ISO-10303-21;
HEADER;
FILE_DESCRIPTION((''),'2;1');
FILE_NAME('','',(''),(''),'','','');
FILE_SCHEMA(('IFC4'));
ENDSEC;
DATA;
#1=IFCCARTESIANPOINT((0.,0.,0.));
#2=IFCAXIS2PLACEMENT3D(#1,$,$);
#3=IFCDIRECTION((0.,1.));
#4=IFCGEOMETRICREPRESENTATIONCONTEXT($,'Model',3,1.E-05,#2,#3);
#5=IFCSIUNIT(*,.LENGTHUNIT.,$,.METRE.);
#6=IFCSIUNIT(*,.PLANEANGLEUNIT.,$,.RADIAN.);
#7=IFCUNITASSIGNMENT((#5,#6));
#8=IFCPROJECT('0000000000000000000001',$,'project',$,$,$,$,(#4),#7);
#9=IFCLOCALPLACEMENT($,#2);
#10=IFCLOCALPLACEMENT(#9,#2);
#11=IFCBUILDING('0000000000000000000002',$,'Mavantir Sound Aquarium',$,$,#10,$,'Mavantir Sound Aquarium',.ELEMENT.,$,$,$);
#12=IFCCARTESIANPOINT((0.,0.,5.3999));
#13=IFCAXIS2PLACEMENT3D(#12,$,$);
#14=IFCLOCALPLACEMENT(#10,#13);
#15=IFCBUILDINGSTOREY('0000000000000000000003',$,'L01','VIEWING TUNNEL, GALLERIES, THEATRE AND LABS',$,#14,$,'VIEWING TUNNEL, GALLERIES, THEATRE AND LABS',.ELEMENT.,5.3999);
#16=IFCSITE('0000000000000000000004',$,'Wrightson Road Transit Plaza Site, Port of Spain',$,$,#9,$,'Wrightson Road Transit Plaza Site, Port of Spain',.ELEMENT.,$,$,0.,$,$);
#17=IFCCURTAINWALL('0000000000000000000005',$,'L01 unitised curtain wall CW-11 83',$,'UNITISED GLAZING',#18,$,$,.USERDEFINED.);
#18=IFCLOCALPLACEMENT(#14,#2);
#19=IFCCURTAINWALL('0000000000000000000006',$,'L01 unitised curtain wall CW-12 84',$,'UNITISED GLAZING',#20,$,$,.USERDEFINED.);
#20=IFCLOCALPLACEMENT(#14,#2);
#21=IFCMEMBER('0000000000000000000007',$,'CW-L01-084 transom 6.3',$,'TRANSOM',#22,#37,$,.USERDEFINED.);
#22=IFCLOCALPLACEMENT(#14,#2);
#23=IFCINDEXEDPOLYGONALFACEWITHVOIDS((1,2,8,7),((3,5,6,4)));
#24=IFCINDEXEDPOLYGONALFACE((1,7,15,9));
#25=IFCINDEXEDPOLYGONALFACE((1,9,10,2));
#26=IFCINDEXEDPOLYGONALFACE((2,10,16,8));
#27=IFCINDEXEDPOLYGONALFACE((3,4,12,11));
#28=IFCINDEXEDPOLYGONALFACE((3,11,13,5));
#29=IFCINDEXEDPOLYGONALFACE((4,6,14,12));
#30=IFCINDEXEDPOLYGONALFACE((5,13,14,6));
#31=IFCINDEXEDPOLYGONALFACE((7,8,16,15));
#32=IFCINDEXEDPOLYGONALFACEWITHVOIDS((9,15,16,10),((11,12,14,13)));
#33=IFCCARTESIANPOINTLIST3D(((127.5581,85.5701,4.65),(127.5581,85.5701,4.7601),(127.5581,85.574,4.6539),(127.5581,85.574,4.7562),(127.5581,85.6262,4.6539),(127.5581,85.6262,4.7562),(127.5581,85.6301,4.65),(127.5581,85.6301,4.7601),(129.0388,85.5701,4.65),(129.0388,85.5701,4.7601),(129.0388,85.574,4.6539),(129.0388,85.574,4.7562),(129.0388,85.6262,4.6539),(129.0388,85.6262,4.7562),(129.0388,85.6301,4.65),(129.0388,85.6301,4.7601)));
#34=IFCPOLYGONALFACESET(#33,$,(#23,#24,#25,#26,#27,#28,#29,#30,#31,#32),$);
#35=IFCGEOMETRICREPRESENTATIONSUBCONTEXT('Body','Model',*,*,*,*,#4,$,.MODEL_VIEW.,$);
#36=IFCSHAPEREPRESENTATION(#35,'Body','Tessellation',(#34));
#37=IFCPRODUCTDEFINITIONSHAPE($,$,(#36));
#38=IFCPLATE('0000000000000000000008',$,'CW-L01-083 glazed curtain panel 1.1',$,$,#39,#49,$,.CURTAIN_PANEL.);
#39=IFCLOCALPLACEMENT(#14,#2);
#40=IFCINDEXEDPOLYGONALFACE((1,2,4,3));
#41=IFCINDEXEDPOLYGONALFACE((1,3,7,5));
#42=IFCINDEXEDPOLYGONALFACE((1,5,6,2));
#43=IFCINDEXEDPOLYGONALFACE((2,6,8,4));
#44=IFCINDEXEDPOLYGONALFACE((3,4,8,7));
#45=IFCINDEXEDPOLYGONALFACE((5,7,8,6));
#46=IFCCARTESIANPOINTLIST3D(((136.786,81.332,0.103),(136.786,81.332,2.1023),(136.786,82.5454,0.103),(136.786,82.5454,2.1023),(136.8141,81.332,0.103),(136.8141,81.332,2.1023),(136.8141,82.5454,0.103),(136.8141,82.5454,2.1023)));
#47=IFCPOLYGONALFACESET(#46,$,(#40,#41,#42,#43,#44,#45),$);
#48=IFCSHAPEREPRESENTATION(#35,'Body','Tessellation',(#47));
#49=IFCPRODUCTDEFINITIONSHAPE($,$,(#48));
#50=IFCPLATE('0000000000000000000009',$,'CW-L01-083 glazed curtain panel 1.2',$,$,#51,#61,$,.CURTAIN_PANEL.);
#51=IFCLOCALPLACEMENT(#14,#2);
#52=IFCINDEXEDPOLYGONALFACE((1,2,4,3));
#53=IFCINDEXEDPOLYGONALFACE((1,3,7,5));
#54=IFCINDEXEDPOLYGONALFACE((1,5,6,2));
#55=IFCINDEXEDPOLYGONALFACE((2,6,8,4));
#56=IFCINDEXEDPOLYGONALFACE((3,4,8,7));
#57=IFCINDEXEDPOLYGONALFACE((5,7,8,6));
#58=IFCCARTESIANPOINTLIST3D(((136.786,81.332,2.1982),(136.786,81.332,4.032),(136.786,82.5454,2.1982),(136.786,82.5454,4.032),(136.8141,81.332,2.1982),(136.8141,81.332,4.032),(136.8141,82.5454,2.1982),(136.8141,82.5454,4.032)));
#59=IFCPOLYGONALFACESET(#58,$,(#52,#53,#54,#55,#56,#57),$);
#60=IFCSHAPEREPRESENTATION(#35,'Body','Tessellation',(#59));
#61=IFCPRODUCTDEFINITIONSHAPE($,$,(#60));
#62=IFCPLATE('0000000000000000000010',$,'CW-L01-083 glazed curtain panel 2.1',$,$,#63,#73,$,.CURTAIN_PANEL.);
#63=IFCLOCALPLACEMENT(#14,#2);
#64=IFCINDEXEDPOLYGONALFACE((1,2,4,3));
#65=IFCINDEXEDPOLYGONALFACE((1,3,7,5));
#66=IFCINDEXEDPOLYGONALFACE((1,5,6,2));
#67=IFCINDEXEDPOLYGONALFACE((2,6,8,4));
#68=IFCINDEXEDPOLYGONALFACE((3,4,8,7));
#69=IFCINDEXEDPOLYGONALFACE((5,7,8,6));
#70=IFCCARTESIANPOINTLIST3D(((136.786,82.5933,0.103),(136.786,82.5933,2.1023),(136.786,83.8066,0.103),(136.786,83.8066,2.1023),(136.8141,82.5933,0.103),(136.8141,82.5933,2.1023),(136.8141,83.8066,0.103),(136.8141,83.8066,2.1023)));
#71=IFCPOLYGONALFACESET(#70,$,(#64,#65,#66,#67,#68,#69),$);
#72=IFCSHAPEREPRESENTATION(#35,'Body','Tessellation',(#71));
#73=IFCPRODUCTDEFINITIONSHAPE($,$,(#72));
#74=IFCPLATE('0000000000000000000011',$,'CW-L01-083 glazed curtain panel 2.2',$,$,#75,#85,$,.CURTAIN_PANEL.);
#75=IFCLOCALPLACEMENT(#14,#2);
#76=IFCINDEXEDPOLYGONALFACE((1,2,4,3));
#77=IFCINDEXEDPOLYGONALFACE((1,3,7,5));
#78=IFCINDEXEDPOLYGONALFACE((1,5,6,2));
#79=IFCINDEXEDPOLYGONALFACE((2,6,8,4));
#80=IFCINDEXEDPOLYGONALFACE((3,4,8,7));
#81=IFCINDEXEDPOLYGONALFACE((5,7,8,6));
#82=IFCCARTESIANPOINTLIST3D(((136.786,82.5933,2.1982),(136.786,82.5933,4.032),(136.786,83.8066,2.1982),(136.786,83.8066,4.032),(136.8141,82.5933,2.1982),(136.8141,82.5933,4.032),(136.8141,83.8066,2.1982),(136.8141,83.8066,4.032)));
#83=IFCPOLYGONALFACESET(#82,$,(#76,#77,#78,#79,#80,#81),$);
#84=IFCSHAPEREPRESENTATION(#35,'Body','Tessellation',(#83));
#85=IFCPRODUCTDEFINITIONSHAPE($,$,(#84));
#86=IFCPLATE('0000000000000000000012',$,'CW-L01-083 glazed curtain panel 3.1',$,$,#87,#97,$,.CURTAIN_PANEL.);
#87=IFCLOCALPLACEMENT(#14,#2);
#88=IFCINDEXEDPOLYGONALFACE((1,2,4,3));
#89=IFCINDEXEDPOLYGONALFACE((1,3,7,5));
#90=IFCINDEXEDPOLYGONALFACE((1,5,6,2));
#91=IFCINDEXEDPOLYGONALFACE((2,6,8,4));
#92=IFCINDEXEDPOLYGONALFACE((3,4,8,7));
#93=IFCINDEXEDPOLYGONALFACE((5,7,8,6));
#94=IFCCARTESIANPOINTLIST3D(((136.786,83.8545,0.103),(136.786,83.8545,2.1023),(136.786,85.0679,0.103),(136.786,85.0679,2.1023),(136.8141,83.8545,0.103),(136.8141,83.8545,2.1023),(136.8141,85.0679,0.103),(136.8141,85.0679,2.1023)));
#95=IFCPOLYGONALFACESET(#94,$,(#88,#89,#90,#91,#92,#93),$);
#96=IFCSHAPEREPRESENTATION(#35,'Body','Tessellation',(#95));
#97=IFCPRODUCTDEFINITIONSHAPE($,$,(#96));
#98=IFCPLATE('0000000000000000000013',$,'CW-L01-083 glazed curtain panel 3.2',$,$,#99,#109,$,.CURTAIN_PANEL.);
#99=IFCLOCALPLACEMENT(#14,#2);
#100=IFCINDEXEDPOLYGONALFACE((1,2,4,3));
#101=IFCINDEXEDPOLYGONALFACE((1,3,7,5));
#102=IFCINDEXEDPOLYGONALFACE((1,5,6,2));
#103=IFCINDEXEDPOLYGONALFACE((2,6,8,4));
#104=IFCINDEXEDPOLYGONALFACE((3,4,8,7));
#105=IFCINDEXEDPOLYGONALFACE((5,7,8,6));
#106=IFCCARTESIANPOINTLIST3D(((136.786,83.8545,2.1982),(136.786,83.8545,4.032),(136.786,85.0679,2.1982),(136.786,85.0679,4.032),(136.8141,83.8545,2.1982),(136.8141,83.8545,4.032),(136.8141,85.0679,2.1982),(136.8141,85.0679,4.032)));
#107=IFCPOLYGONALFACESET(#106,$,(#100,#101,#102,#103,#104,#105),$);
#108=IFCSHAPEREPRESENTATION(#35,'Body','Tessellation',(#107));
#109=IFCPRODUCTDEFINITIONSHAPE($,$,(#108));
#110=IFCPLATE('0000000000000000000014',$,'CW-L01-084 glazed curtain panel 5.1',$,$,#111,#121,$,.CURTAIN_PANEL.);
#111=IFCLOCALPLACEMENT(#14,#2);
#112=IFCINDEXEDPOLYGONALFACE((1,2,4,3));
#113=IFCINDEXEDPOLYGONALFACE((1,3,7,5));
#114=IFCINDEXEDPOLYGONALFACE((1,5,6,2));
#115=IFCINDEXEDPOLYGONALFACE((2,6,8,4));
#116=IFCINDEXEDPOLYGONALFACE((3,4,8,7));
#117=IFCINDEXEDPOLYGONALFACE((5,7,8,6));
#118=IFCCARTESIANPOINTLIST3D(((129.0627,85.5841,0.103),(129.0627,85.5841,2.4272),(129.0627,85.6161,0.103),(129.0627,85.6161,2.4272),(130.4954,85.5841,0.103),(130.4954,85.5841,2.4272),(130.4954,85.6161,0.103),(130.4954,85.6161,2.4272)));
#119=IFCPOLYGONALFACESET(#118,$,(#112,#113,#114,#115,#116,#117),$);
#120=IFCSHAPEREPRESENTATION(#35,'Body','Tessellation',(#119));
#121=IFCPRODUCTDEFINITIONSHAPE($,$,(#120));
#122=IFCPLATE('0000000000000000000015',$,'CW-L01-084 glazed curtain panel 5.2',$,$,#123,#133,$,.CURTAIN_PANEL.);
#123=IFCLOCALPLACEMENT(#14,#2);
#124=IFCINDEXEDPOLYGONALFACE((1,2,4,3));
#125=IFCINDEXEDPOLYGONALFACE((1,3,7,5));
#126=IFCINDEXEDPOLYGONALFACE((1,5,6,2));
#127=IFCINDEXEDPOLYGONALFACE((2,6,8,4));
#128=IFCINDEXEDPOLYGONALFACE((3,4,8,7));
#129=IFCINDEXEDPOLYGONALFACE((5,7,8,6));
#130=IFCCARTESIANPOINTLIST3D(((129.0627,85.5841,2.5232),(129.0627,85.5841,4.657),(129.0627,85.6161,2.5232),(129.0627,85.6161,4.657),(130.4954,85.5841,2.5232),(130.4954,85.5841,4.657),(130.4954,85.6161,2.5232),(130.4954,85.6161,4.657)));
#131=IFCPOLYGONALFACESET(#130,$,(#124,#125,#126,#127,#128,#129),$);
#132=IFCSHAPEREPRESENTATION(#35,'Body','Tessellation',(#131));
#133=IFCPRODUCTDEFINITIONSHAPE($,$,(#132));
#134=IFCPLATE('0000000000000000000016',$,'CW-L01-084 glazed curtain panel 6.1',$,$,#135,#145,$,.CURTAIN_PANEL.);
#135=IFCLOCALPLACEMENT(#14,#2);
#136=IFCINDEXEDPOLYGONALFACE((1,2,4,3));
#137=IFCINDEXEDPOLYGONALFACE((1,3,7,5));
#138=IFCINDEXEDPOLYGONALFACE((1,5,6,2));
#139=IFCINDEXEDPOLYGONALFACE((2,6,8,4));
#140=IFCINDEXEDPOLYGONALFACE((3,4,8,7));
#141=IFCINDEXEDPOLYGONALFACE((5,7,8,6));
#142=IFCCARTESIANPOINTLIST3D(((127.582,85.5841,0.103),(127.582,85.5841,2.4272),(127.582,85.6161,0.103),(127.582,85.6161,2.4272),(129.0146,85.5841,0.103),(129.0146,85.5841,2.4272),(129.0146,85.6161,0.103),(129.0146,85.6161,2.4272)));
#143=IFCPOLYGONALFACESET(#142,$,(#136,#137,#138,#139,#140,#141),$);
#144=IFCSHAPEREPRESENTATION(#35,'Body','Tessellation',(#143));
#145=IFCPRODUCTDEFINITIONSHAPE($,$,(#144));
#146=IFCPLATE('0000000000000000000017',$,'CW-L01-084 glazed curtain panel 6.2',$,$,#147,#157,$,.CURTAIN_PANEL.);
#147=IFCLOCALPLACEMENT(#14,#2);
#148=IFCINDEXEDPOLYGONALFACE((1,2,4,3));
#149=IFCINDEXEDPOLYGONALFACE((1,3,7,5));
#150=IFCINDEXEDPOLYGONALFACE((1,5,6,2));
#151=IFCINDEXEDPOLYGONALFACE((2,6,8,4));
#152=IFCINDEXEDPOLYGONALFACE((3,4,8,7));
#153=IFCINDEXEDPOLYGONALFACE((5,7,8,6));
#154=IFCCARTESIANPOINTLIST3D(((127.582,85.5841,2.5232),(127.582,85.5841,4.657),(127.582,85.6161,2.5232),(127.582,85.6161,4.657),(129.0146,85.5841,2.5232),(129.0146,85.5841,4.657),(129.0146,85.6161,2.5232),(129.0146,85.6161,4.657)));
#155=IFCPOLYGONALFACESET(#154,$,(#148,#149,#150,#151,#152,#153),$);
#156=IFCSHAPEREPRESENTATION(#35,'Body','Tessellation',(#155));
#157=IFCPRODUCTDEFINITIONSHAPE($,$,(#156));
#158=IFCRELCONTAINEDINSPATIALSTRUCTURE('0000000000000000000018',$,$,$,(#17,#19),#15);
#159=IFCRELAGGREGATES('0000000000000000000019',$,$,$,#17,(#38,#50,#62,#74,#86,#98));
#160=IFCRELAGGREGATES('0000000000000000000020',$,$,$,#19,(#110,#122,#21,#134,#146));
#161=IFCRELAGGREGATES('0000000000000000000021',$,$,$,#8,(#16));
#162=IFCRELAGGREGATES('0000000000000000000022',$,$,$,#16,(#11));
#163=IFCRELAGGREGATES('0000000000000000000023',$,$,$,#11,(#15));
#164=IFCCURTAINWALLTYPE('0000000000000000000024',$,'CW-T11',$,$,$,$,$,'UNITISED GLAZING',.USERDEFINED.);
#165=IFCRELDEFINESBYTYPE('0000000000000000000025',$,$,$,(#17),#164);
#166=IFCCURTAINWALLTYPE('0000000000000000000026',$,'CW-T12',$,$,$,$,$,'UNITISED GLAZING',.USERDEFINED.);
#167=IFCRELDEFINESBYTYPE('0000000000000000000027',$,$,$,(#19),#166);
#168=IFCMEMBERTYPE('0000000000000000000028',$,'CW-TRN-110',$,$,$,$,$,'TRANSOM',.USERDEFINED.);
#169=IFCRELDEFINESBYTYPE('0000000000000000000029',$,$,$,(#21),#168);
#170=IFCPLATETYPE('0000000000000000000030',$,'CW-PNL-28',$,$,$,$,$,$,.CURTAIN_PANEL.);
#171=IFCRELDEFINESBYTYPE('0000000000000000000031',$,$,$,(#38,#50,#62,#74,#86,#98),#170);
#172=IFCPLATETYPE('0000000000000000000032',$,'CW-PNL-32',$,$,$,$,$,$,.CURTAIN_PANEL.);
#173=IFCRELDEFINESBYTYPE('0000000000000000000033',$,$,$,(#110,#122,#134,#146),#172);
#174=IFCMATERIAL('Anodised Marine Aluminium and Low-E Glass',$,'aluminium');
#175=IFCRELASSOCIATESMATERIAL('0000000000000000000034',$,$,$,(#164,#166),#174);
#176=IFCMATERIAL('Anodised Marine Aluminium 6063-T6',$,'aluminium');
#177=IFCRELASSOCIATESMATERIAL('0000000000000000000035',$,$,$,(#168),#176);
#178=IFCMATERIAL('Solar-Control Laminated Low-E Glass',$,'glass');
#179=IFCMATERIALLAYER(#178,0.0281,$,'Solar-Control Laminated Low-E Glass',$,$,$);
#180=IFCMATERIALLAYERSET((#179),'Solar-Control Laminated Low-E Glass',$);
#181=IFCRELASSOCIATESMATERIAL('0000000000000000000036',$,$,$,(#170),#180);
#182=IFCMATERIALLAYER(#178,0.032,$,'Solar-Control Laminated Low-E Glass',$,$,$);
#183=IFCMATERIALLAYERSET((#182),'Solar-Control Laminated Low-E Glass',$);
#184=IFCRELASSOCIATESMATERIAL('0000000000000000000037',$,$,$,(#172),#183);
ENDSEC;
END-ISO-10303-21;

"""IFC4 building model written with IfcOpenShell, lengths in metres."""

from ifc_helpers import new_model, si_unit, direction, frame, origin, origin_2d, place, context, subcontext, project, spatial, rectangle, hollow_rectangle, extrude, material, layer, layer_set, material_profile, profile_set, type_object, element, aggregate, save


model = new_model("IFC4")

# Units and contexts
model_context = context("Model", 3, precision=1e-05, world=origin(), true_north=direction((0.0, 1.0)))
body_context = subcontext(model_context, "Body", "Model", "MODEL_VIEW")
ifc_project = project(units=[si_unit("LENGTHUNIT", "METRE"), si_unit("PLANEANGLEUNIT", "RADIAN")], contexts=[model_context])

# Site, building, storey
site_placement = place(None, origin())
site = spatial("IfcSite", under=ifc_project, at=site_placement, Name="Wrightson Road Transit Plaza Site, Port of Spain", LongName="Wrightson Road Transit Plaza Site, Port of Spain", CompositionType="ELEMENT", RefElevation=0.0)
building_placement = place(site_placement, origin())
building = spatial("IfcBuilding", under=site, at=building_placement, Name="Mavantir Sound Aquarium", LongName="Mavantir Sound Aquarium", CompositionType="ELEMENT")
storey_placement = place(building_placement, frame((0.0, 0.0, 5.3999)))
storey = spatial("IfcBuildingStorey", under=building, at=storey_placement, Name="L01", Description="VIEWING TUNNEL, GALLERIES, THEATRE AND LABS", LongName="VIEWING TUNNEL, GALLERIES, THEATRE AND LABS", CompositionType="ELEMENT", Elevation=5.3999)

# Curtain walls
ifc_material_1 = material(Name="Anodised Marine Aluminium and Low-E Glass", Category="aluminium")
curtain_wall_type_1 = type_object("IfcCurtainWallType", Name="CW-T11", ElementType="UNITISED GLAZING", PredefinedType="USERDEFINED", material=ifc_material_1)
curtain_wall_1_placement = place(storey_placement, origin())
curtain_wall_1 = element("IfcCurtainWall", 1, at=curtain_wall_1_placement, inside=storey, type_object=curtain_wall_type_1, Name="L01 unitised curtain wall CW-11 83", ObjectType="UNITISED GLAZING", PredefinedType="USERDEFINED")
ifc_material_2 = material(Name="Anodised Marine Aluminium 6063-T6", Category="aluminium")
curtain_wall_type_2 = type_object("IfcCurtainWallType", Name="CW-T12", ElementType="UNITISED GLAZING", PredefinedType="USERDEFINED", material=ifc_material_1)
curtain_wall_2_placement = place(storey_placement, origin())
curtain_wall_2 = element("IfcCurtainWall", 2, at=curtain_wall_2_placement, inside=storey, type_object=curtain_wall_type_2, Name="L01 unitised curtain wall CW-12 84", ObjectType="UNITISED GLAZING", PredefinedType="USERDEFINED")

# Member
ifc_material_profile_1 = material_profile(ifc_material_2, hollow_rectangle(XDim=0.0601, YDim=0.1101, WallThickness=0.0039, at=origin_2d()), Name="ALU-TRANSOM-110X60")
ifc_profile_set_1 = profile_set([ifc_material_profile_1], Name="Anodised Marine Aluminium 6063-T6")
member_type_1 = type_object("IfcMemberType", Name="CW-TRN-110", ElementType="TRANSOM", PredefinedType="USERDEFINED", material=ifc_profile_set_1)
member_1_placement = place(storey_placement, frame((129.0388, 85.6001, 4.7051), z_axis=(-1.0, 0.0, 0.0), x_axis=(0.0, -1.0, 0.0)))
member_1 = element("IfcMember", 3, at=member_1_placement, type_object=member_type_1, Name="CW-L01-084 transom 6.3", ObjectType="TRANSOM", PredefinedType="USERDEFINED", context=body_context, shape_type="SweptSolid", body=[
    extrude(hollow_rectangle(XDim=0.0601, YDim=0.1101, WallThickness=0.0039, at=origin_2d()), origin(), (0.0, 0.0, 1.0), 1.4807),
])

# Plates
ifc_material_3 = material(Name="Solar-Control Laminated Low-E Glass", Category="glass")
ifc_layer_1 = layer(ifc_material_3, 0.0281, Name="Solar-Control Laminated Low-E Glass")
ifc_layer_set_1 = layer_set([ifc_layer_1], Name="Solar-Control Laminated Low-E Glass")
plate_type_1 = type_object("IfcPlateType", Name="CW-PNL-28", PredefinedType="CURTAIN_PANEL", material=ifc_layer_set_1)
plate_1_placement = place(storey_placement, frame((136.8, 81.9387, 0.103), z_axis=(0.0, 0.0, 1.0), x_axis=(0.0, 1.0, 0.0)))
plate_1 = element("IfcPlate", 4, at=plate_1_placement, type_object=plate_type_1, Name="CW-L01-083 glazed curtain panel 1.1", PredefinedType="CURTAIN_PANEL", context=body_context, shape_type="SweptSolid", body=[
    extrude(rectangle(XDim=1.2134, YDim=0.0281, at=origin_2d()), origin(), (0.0, 0.0, 1.0), 1.9993),
])
plate_2_placement = place(storey_placement, frame((136.8, 81.9387, 2.1982), z_axis=(0.0, 0.0, 1.0), x_axis=(0.0, 1.0, 0.0)))
plate_2 = element("IfcPlate", 5, at=plate_2_placement, type_object=plate_type_1, Name="CW-L01-083 glazed curtain panel 1.2", PredefinedType="CURTAIN_PANEL", context=body_context, shape_type="SweptSolid", body=[
    extrude(rectangle(XDim=1.2134, YDim=0.0281, at=origin_2d()), origin(), (0.0, 0.0, 1.0), 1.8337),
])
plate_3_placement = place(storey_placement, frame((136.8, 83.2, 0.103), z_axis=(0.0, 0.0, 1.0), x_axis=(0.0, 1.0, 0.0)))
plate_3 = element("IfcPlate", 6, at=plate_3_placement, type_object=plate_type_1, Name="CW-L01-083 glazed curtain panel 2.1", PredefinedType="CURTAIN_PANEL", context=body_context, shape_type="SweptSolid", body=[
    extrude(rectangle(XDim=1.2134, YDim=0.0281, at=origin_2d()), origin(), (0.0, 0.0, 1.0), 1.9993),
])
plate_4_placement = place(storey_placement, frame((136.8, 83.2, 2.1982), z_axis=(0.0, 0.0, 1.0), x_axis=(0.0, 1.0, 0.0)))
plate_4 = element("IfcPlate", 7, at=plate_4_placement, type_object=plate_type_1, Name="CW-L01-083 glazed curtain panel 2.2", PredefinedType="CURTAIN_PANEL", context=body_context, shape_type="SweptSolid", body=[
    extrude(rectangle(XDim=1.2134, YDim=0.0281, at=origin_2d()), origin(), (0.0, 0.0, 1.0), 1.8337),
])
plate_5_placement = place(storey_placement, frame((136.8, 84.4612, 0.103), z_axis=(0.0, 0.0, 1.0), x_axis=(0.0, 1.0, 0.0)))
plate_5 = element("IfcPlate", 8, at=plate_5_placement, type_object=plate_type_1, Name="CW-L01-083 glazed curtain panel 3.1", PredefinedType="CURTAIN_PANEL", context=body_context, shape_type="SweptSolid", body=[
    extrude(rectangle(XDim=1.2134, YDim=0.0281, at=origin_2d()), origin(), (0.0, 0.0, 1.0), 1.9993),
])
plate_6_placement = place(storey_placement, frame((136.8, 84.4612, 2.1982), z_axis=(0.0, 0.0, 1.0), x_axis=(0.0, 1.0, 0.0)))
plate_6 = element("IfcPlate", 9, at=plate_6_placement, type_object=plate_type_1, Name="CW-L01-083 glazed curtain panel 3.2", PredefinedType="CURTAIN_PANEL", context=body_context, shape_type="SweptSolid", body=[
    extrude(rectangle(XDim=1.2134, YDim=0.0281, at=origin_2d()), origin(), (0.0, 0.0, 1.0), 1.8337),
])
aggregate(curtain_wall_1, [plate_1, plate_2, plate_3, plate_4, plate_5, plate_6])
ifc_layer_2 = layer(ifc_material_3, 0.032, Name="Solar-Control Laminated Low-E Glass")
ifc_layer_set_2 = layer_set([ifc_layer_2], Name="Solar-Control Laminated Low-E Glass")
plate_type_2 = type_object("IfcPlateType", Name="CW-PNL-32", PredefinedType="CURTAIN_PANEL", material=ifc_layer_set_2)
plate_7_placement = place(storey_placement, frame((129.7791, 85.6001, 0.103), z_axis=(0.0, 0.0, 1.0), x_axis=(-1.0, 0.0, 0.0)))
plate_7 = element("IfcPlate", 10, at=plate_7_placement, type_object=plate_type_2, Name="CW-L01-084 glazed curtain panel 5.1", PredefinedType="CURTAIN_PANEL", context=body_context, shape_type="SweptSolid", body=[
    extrude(rectangle(XDim=1.4326, YDim=0.032, at=origin_2d()), origin(), (0.0, 0.0, 1.0), 2.3242),
])
plate_8_placement = place(storey_placement, frame((129.7791, 85.6001, 2.5232), z_axis=(0.0, 0.0, 1.0), x_axis=(-1.0, 0.0, 0.0)))
plate_8 = element("IfcPlate", 11, at=plate_8_placement, type_object=plate_type_2, Name="CW-L01-084 glazed curtain panel 5.2", PredefinedType="CURTAIN_PANEL", context=body_context, shape_type="SweptSolid", body=[
    extrude(rectangle(XDim=1.4326, YDim=0.032, at=origin_2d()), origin(), (0.0, 0.0, 1.0), 2.1338),
])
plate_9_placement = place(storey_placement, frame((128.2983, 85.6001, 0.103), z_axis=(0.0, 0.0, 1.0), x_axis=(-1.0, 0.0, 0.0)))
plate_9 = element("IfcPlate", 12, at=plate_9_placement, type_object=plate_type_2, Name="CW-L01-084 glazed curtain panel 6.1", PredefinedType="CURTAIN_PANEL", context=body_context, shape_type="SweptSolid", body=[
    extrude(rectangle(XDim=1.4326, YDim=0.032, at=origin_2d()), origin(), (0.0, 0.0, 1.0), 2.3242),
])
plate_10_placement = place(storey_placement, frame((128.2983, 85.6001, 2.5232), z_axis=(0.0, 0.0, 1.0), x_axis=(-1.0, 0.0, 0.0)))
plate_10 = element("IfcPlate", 13, at=plate_10_placement, type_object=plate_type_2, Name="CW-L01-084 glazed curtain panel 6.2", PredefinedType="CURTAIN_PANEL", context=body_context, shape_type="SweptSolid", body=[
    extrude(rectangle(XDim=1.4326, YDim=0.032, at=origin_2d()), origin(), (0.0, 0.0, 1.0), 2.1338),
])
aggregate(curtain_wall_2, [plate_7, plate_8, member_1, plate_9, plate_10])

save(model, "model.ifc")
